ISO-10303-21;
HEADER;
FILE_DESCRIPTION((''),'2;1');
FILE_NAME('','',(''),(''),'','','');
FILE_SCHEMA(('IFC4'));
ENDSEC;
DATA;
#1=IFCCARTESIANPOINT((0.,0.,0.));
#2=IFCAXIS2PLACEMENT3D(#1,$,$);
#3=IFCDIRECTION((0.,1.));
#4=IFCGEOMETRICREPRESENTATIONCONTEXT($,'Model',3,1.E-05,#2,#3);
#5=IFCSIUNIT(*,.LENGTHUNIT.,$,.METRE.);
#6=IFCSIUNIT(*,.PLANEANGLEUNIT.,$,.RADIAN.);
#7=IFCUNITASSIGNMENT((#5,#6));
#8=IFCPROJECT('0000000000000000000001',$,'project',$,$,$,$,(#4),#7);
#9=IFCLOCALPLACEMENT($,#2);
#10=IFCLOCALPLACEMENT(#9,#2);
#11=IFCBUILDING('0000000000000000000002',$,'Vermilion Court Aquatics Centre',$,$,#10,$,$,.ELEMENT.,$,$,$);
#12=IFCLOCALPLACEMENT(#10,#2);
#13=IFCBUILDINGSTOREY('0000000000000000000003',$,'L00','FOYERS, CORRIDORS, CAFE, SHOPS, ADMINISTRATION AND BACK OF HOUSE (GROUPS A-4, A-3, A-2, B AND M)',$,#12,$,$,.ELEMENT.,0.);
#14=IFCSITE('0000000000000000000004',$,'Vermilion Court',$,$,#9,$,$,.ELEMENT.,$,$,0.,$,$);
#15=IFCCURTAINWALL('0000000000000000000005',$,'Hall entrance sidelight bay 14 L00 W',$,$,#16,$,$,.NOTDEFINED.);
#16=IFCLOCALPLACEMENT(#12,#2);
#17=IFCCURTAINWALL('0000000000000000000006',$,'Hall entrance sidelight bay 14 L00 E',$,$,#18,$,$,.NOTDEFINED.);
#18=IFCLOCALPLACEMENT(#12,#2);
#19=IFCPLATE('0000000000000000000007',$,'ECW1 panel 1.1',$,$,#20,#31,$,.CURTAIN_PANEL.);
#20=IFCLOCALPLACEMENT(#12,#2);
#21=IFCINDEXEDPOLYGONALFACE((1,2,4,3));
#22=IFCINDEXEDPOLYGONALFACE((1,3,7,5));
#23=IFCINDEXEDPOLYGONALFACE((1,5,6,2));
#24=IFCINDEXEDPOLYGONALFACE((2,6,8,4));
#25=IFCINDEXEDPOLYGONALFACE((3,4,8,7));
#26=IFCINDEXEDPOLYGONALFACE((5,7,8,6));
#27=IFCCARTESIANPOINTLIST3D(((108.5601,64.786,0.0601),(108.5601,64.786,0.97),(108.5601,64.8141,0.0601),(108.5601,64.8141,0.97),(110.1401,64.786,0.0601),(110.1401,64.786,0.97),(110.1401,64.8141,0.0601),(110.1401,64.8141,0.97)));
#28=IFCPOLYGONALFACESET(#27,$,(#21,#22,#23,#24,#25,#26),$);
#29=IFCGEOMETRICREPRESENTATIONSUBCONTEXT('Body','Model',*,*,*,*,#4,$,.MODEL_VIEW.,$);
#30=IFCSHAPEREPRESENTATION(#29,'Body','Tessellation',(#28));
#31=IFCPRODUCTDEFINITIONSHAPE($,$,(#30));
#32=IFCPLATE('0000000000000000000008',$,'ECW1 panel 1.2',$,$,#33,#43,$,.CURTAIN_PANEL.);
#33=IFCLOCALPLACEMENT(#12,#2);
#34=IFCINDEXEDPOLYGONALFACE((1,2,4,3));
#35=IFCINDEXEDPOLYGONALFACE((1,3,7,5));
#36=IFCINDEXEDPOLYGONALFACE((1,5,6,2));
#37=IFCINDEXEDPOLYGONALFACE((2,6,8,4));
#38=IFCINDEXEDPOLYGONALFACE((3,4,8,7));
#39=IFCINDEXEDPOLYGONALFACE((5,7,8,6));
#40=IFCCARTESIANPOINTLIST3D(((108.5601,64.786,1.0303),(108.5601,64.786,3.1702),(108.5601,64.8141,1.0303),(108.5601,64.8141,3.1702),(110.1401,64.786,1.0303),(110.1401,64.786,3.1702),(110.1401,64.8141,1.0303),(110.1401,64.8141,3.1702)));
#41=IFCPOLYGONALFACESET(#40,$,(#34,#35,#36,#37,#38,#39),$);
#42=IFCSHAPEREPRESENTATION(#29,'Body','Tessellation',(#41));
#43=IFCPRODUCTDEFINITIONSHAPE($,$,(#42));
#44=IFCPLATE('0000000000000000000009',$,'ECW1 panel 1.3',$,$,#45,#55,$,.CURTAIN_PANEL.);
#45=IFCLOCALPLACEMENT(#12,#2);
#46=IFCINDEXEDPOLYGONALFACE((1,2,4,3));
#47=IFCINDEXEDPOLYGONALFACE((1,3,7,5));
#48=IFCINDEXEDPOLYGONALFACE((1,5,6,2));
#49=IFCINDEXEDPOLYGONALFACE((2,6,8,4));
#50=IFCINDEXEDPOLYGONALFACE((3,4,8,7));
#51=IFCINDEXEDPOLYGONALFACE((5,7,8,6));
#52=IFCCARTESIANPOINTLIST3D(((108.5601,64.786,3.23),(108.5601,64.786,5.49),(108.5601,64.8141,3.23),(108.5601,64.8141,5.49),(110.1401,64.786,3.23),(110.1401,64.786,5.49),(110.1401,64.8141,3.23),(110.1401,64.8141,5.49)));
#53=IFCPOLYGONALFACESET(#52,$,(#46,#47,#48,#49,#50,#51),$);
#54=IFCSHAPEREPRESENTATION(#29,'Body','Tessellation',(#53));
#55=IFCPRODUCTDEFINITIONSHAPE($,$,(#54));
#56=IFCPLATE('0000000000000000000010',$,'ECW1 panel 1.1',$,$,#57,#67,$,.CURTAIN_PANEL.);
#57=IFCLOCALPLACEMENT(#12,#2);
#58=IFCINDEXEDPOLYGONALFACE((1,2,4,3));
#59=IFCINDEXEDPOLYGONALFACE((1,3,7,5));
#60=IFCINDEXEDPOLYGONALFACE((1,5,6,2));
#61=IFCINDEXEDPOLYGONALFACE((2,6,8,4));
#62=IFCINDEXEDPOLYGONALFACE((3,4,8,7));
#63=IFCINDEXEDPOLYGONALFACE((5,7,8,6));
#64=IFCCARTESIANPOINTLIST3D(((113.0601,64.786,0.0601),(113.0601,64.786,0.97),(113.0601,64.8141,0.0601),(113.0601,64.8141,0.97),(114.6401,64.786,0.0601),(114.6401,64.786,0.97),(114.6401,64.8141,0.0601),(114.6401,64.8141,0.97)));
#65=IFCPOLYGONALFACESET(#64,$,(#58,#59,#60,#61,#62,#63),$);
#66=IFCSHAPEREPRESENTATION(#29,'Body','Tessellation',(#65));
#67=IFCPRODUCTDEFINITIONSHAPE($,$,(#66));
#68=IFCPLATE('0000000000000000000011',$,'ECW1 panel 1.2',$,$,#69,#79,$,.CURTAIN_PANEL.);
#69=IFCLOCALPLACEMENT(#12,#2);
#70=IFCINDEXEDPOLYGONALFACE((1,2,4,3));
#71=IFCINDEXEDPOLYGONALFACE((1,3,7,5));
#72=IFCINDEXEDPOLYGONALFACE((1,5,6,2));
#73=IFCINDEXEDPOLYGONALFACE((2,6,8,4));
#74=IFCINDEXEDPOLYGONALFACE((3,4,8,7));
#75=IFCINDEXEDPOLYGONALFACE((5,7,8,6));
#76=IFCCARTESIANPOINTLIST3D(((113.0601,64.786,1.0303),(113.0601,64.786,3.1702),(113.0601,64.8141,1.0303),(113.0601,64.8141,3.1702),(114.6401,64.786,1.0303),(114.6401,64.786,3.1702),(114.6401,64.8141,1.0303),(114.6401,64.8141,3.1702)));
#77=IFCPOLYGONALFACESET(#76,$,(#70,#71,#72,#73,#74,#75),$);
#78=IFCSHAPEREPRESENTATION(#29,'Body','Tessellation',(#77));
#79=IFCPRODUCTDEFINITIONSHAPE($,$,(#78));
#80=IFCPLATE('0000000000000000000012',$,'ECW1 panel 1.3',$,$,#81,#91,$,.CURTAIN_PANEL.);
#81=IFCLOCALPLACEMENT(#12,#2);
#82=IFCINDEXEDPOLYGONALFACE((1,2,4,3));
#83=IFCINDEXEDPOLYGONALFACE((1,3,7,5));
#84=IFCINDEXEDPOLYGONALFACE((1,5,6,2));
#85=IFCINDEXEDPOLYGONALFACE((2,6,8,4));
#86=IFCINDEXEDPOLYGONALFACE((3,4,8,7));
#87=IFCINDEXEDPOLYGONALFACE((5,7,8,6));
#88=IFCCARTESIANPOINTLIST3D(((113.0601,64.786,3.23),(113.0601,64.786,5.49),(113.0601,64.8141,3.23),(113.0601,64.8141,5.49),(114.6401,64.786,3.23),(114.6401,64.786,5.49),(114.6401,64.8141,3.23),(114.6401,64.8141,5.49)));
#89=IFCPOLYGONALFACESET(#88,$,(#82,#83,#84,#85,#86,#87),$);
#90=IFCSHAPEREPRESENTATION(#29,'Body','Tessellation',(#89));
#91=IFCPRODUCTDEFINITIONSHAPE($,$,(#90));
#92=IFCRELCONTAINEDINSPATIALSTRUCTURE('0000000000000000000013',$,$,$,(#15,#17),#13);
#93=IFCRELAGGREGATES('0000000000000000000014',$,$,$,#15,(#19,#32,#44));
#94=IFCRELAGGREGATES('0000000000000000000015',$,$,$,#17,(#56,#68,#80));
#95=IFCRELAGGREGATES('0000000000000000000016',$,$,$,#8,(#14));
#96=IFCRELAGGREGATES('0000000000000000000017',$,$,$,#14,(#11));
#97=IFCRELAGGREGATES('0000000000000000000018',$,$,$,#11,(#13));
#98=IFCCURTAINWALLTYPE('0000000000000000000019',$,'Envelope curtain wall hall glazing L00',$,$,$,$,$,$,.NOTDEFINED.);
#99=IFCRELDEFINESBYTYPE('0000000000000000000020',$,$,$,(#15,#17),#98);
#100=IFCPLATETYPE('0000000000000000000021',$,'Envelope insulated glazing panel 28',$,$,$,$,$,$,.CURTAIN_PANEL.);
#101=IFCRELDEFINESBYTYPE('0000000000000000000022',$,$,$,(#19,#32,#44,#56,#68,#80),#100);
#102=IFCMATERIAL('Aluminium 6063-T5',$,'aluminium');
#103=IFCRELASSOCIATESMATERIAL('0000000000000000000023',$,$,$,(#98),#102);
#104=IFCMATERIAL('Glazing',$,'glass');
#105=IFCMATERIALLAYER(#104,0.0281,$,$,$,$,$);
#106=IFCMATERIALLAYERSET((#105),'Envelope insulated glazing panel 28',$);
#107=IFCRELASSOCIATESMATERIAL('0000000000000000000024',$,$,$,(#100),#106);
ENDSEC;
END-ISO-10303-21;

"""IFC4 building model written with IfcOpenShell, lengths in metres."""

from ifc_helpers import new_model, si_unit, direction, frame, origin, origin_2d, place, context, subcontext, project, spatial, rectangle, extrude, material, layer, layer_set, type_object, element, aggregate, save


model = new_model("IFC4")

# Units and contexts
model_context = context("Model", 3, precision=1e-05, world=origin(), true_north=direction((0.0, 1.0)))
body_context = subcontext(model_context, "Body", "Model", "MODEL_VIEW")
ifc_project = project(units=[si_unit("LENGTHUNIT", "METRE"), si_unit("PLANEANGLEUNIT", "RADIAN")], contexts=[model_context])

# Site, building, storey
site_placement = place(None, origin())
site = spatial("IfcSite", under=ifc_project, at=site_placement, Name="Vermilion Court", CompositionType="ELEMENT", RefElevation=0.0)
building_placement = place(site_placement, origin())
building = spatial("IfcBuilding", under=site, at=building_placement, Name="Vermilion Court Aquatics Centre", CompositionType="ELEMENT")
storey_placement = place(building_placement, origin())
storey = spatial("IfcBuildingStorey", under=building, at=storey_placement, Name="L00", Description="FOYERS, CORRIDORS, CAFE, SHOPS, ADMINISTRATION AND BACK OF HOUSE (GROUPS A-4, A-3, A-2, B AND M)", CompositionType="ELEMENT", Elevation=0.0)

# Shared definitions
ifc_material_1 = material(Name="Aluminium 6063-T5", Category="aluminium")
curtain_wall_type = type_object("IfcCurtainWallType", Name="Envelope curtain wall hall glazing L00", PredefinedType="NOTDEFINED", material=ifc_material_1)

# Curtain walls
curtain_wall_1_placement = place(storey_placement, origin())
curtain_wall_1 = element("IfcCurtainWall", 1, at=curtain_wall_1_placement, inside=storey, type_object=curtain_wall_type, Name="Hall entrance sidelight bay 14 L00 W", PredefinedType="NOTDEFINED")
curtain_wall_2_placement = place(storey_placement, origin())
curtain_wall_2 = element("IfcCurtainWall", 2, at=curtain_wall_2_placement, inside=storey, type_object=curtain_wall_type, Name="Hall entrance sidelight bay 14 L00 E", PredefinedType="NOTDEFINED")

# Plates
ifc_material_2 = material(Name="Glazing", Category="glass")
ifc_layer_1 = layer(ifc_material_2, 0.0281)
ifc_layer_set_1 = layer_set([ifc_layer_1], Name="Envelope insulated glazing panel 28")
plate_type = type_object("IfcPlateType", Name="Envelope insulated glazing panel 28", PredefinedType="CURTAIN_PANEL", material=ifc_layer_set_1)
plate_1_placement = place(storey_placement, frame((109.3501, 64.8, 0.0601), z_axis=(0.0, 0.0, 1.0), x_axis=(1.0, 0.0, 0.0)))
plate_1 = element("IfcPlate", 3, at=plate_1_placement, type_object=plate_type, Name="ECW1 panel 1.1", PredefinedType="CURTAIN_PANEL", context=body_context, shape_type="SweptSolid", body=[
    extrude(rectangle(XDim=1.5801, YDim=0.0281, at=origin_2d()), origin(), (0.0, 0.0, 1.0), 0.9099),
])
plate_2_placement = place(storey_placement, frame((109.3501, 64.8, 1.0303), z_axis=(0.0, 0.0, 1.0), x_axis=(1.0, 0.0, 0.0)))
plate_2 = element("IfcPlate", 4, at=plate_2_placement, type_object=plate_type, Name="ECW1 panel 1.2", PredefinedType="CURTAIN_PANEL", context=body_context, shape_type="SweptSolid", body=[
    extrude(rectangle(XDim=1.5801, YDim=0.0281, at=origin_2d()), origin(), (0.0, 0.0, 1.0), 2.1399),
])
plate_3_placement = place(storey_placement, frame((109.3501, 64.8, 3.23), z_axis=(0.0, 0.0, 1.0), x_axis=(1.0, 0.0, 0.0)))
plate_3 = element("IfcPlate", 5, at=plate_3_placement, type_object=plate_type, Name="ECW1 panel 1.3", PredefinedType="CURTAIN_PANEL", context=body_context, shape_type="SweptSolid", body=[
    extrude(rectangle(XDim=1.5801, YDim=0.0281, at=origin_2d()), origin(), (0.0, 0.0, 1.0), 2.26),
])
aggregate(curtain_wall_1, [plate_1, plate_2, plate_3])
plate_4_placement = place(storey_placement, frame((113.8501, 64.8, 0.0601), z_axis=(0.0, 0.0, 1.0), x_axis=(1.0, 0.0, 0.0)))
plate_4 = element("IfcPlate", 6, at=plate_4_placement, type_object=plate_type, Name="ECW1 panel 1.1", PredefinedType="CURTAIN_PANEL", context=body_context, shape_type="SweptSolid", body=[
    extrude(rectangle(XDim=1.5801, YDim=0.0281, at=origin_2d()), origin(), (0.0, 0.0, 1.0), 0.9099),
])
plate_5_placement = place(storey_placement, frame((113.8501, 64.8, 1.0303), z_axis=(0.0, 0.0, 1.0), x_axis=(1.0, 0.0, 0.0)))
plate_5 = element("IfcPlate", 7, at=plate_5_placement, type_object=plate_type, Name="ECW1 panel 1.2", PredefinedType="CURTAIN_PANEL", context=body_context, shape_type="SweptSolid", body=[
    extrude(rectangle(XDim=1.5801, YDim=0.0281, at=origin_2d()), origin(), (0.0, 0.0, 1.0), 2.1399),
])
plate_6_placement = place(storey_placement, frame((113.8501, 64.8, 3.23), z_axis=(0.0, 0.0, 1.0), x_axis=(1.0, 0.0, 0.0)))
plate_6 = element("IfcPlate", 8, at=plate_6_placement, type_object=plate_type, Name="ECW1 panel 1.3", PredefinedType="CURTAIN_PANEL", context=body_context, shape_type="SweptSolid", body=[
    extrude(rectangle(XDim=1.5801, YDim=0.0281, at=origin_2d()), origin(), (0.0, 0.0, 1.0), 2.26),
])
aggregate(curtain_wall_2, [plate_4, plate_5, plate_6])

save(model, "model.ifc")
